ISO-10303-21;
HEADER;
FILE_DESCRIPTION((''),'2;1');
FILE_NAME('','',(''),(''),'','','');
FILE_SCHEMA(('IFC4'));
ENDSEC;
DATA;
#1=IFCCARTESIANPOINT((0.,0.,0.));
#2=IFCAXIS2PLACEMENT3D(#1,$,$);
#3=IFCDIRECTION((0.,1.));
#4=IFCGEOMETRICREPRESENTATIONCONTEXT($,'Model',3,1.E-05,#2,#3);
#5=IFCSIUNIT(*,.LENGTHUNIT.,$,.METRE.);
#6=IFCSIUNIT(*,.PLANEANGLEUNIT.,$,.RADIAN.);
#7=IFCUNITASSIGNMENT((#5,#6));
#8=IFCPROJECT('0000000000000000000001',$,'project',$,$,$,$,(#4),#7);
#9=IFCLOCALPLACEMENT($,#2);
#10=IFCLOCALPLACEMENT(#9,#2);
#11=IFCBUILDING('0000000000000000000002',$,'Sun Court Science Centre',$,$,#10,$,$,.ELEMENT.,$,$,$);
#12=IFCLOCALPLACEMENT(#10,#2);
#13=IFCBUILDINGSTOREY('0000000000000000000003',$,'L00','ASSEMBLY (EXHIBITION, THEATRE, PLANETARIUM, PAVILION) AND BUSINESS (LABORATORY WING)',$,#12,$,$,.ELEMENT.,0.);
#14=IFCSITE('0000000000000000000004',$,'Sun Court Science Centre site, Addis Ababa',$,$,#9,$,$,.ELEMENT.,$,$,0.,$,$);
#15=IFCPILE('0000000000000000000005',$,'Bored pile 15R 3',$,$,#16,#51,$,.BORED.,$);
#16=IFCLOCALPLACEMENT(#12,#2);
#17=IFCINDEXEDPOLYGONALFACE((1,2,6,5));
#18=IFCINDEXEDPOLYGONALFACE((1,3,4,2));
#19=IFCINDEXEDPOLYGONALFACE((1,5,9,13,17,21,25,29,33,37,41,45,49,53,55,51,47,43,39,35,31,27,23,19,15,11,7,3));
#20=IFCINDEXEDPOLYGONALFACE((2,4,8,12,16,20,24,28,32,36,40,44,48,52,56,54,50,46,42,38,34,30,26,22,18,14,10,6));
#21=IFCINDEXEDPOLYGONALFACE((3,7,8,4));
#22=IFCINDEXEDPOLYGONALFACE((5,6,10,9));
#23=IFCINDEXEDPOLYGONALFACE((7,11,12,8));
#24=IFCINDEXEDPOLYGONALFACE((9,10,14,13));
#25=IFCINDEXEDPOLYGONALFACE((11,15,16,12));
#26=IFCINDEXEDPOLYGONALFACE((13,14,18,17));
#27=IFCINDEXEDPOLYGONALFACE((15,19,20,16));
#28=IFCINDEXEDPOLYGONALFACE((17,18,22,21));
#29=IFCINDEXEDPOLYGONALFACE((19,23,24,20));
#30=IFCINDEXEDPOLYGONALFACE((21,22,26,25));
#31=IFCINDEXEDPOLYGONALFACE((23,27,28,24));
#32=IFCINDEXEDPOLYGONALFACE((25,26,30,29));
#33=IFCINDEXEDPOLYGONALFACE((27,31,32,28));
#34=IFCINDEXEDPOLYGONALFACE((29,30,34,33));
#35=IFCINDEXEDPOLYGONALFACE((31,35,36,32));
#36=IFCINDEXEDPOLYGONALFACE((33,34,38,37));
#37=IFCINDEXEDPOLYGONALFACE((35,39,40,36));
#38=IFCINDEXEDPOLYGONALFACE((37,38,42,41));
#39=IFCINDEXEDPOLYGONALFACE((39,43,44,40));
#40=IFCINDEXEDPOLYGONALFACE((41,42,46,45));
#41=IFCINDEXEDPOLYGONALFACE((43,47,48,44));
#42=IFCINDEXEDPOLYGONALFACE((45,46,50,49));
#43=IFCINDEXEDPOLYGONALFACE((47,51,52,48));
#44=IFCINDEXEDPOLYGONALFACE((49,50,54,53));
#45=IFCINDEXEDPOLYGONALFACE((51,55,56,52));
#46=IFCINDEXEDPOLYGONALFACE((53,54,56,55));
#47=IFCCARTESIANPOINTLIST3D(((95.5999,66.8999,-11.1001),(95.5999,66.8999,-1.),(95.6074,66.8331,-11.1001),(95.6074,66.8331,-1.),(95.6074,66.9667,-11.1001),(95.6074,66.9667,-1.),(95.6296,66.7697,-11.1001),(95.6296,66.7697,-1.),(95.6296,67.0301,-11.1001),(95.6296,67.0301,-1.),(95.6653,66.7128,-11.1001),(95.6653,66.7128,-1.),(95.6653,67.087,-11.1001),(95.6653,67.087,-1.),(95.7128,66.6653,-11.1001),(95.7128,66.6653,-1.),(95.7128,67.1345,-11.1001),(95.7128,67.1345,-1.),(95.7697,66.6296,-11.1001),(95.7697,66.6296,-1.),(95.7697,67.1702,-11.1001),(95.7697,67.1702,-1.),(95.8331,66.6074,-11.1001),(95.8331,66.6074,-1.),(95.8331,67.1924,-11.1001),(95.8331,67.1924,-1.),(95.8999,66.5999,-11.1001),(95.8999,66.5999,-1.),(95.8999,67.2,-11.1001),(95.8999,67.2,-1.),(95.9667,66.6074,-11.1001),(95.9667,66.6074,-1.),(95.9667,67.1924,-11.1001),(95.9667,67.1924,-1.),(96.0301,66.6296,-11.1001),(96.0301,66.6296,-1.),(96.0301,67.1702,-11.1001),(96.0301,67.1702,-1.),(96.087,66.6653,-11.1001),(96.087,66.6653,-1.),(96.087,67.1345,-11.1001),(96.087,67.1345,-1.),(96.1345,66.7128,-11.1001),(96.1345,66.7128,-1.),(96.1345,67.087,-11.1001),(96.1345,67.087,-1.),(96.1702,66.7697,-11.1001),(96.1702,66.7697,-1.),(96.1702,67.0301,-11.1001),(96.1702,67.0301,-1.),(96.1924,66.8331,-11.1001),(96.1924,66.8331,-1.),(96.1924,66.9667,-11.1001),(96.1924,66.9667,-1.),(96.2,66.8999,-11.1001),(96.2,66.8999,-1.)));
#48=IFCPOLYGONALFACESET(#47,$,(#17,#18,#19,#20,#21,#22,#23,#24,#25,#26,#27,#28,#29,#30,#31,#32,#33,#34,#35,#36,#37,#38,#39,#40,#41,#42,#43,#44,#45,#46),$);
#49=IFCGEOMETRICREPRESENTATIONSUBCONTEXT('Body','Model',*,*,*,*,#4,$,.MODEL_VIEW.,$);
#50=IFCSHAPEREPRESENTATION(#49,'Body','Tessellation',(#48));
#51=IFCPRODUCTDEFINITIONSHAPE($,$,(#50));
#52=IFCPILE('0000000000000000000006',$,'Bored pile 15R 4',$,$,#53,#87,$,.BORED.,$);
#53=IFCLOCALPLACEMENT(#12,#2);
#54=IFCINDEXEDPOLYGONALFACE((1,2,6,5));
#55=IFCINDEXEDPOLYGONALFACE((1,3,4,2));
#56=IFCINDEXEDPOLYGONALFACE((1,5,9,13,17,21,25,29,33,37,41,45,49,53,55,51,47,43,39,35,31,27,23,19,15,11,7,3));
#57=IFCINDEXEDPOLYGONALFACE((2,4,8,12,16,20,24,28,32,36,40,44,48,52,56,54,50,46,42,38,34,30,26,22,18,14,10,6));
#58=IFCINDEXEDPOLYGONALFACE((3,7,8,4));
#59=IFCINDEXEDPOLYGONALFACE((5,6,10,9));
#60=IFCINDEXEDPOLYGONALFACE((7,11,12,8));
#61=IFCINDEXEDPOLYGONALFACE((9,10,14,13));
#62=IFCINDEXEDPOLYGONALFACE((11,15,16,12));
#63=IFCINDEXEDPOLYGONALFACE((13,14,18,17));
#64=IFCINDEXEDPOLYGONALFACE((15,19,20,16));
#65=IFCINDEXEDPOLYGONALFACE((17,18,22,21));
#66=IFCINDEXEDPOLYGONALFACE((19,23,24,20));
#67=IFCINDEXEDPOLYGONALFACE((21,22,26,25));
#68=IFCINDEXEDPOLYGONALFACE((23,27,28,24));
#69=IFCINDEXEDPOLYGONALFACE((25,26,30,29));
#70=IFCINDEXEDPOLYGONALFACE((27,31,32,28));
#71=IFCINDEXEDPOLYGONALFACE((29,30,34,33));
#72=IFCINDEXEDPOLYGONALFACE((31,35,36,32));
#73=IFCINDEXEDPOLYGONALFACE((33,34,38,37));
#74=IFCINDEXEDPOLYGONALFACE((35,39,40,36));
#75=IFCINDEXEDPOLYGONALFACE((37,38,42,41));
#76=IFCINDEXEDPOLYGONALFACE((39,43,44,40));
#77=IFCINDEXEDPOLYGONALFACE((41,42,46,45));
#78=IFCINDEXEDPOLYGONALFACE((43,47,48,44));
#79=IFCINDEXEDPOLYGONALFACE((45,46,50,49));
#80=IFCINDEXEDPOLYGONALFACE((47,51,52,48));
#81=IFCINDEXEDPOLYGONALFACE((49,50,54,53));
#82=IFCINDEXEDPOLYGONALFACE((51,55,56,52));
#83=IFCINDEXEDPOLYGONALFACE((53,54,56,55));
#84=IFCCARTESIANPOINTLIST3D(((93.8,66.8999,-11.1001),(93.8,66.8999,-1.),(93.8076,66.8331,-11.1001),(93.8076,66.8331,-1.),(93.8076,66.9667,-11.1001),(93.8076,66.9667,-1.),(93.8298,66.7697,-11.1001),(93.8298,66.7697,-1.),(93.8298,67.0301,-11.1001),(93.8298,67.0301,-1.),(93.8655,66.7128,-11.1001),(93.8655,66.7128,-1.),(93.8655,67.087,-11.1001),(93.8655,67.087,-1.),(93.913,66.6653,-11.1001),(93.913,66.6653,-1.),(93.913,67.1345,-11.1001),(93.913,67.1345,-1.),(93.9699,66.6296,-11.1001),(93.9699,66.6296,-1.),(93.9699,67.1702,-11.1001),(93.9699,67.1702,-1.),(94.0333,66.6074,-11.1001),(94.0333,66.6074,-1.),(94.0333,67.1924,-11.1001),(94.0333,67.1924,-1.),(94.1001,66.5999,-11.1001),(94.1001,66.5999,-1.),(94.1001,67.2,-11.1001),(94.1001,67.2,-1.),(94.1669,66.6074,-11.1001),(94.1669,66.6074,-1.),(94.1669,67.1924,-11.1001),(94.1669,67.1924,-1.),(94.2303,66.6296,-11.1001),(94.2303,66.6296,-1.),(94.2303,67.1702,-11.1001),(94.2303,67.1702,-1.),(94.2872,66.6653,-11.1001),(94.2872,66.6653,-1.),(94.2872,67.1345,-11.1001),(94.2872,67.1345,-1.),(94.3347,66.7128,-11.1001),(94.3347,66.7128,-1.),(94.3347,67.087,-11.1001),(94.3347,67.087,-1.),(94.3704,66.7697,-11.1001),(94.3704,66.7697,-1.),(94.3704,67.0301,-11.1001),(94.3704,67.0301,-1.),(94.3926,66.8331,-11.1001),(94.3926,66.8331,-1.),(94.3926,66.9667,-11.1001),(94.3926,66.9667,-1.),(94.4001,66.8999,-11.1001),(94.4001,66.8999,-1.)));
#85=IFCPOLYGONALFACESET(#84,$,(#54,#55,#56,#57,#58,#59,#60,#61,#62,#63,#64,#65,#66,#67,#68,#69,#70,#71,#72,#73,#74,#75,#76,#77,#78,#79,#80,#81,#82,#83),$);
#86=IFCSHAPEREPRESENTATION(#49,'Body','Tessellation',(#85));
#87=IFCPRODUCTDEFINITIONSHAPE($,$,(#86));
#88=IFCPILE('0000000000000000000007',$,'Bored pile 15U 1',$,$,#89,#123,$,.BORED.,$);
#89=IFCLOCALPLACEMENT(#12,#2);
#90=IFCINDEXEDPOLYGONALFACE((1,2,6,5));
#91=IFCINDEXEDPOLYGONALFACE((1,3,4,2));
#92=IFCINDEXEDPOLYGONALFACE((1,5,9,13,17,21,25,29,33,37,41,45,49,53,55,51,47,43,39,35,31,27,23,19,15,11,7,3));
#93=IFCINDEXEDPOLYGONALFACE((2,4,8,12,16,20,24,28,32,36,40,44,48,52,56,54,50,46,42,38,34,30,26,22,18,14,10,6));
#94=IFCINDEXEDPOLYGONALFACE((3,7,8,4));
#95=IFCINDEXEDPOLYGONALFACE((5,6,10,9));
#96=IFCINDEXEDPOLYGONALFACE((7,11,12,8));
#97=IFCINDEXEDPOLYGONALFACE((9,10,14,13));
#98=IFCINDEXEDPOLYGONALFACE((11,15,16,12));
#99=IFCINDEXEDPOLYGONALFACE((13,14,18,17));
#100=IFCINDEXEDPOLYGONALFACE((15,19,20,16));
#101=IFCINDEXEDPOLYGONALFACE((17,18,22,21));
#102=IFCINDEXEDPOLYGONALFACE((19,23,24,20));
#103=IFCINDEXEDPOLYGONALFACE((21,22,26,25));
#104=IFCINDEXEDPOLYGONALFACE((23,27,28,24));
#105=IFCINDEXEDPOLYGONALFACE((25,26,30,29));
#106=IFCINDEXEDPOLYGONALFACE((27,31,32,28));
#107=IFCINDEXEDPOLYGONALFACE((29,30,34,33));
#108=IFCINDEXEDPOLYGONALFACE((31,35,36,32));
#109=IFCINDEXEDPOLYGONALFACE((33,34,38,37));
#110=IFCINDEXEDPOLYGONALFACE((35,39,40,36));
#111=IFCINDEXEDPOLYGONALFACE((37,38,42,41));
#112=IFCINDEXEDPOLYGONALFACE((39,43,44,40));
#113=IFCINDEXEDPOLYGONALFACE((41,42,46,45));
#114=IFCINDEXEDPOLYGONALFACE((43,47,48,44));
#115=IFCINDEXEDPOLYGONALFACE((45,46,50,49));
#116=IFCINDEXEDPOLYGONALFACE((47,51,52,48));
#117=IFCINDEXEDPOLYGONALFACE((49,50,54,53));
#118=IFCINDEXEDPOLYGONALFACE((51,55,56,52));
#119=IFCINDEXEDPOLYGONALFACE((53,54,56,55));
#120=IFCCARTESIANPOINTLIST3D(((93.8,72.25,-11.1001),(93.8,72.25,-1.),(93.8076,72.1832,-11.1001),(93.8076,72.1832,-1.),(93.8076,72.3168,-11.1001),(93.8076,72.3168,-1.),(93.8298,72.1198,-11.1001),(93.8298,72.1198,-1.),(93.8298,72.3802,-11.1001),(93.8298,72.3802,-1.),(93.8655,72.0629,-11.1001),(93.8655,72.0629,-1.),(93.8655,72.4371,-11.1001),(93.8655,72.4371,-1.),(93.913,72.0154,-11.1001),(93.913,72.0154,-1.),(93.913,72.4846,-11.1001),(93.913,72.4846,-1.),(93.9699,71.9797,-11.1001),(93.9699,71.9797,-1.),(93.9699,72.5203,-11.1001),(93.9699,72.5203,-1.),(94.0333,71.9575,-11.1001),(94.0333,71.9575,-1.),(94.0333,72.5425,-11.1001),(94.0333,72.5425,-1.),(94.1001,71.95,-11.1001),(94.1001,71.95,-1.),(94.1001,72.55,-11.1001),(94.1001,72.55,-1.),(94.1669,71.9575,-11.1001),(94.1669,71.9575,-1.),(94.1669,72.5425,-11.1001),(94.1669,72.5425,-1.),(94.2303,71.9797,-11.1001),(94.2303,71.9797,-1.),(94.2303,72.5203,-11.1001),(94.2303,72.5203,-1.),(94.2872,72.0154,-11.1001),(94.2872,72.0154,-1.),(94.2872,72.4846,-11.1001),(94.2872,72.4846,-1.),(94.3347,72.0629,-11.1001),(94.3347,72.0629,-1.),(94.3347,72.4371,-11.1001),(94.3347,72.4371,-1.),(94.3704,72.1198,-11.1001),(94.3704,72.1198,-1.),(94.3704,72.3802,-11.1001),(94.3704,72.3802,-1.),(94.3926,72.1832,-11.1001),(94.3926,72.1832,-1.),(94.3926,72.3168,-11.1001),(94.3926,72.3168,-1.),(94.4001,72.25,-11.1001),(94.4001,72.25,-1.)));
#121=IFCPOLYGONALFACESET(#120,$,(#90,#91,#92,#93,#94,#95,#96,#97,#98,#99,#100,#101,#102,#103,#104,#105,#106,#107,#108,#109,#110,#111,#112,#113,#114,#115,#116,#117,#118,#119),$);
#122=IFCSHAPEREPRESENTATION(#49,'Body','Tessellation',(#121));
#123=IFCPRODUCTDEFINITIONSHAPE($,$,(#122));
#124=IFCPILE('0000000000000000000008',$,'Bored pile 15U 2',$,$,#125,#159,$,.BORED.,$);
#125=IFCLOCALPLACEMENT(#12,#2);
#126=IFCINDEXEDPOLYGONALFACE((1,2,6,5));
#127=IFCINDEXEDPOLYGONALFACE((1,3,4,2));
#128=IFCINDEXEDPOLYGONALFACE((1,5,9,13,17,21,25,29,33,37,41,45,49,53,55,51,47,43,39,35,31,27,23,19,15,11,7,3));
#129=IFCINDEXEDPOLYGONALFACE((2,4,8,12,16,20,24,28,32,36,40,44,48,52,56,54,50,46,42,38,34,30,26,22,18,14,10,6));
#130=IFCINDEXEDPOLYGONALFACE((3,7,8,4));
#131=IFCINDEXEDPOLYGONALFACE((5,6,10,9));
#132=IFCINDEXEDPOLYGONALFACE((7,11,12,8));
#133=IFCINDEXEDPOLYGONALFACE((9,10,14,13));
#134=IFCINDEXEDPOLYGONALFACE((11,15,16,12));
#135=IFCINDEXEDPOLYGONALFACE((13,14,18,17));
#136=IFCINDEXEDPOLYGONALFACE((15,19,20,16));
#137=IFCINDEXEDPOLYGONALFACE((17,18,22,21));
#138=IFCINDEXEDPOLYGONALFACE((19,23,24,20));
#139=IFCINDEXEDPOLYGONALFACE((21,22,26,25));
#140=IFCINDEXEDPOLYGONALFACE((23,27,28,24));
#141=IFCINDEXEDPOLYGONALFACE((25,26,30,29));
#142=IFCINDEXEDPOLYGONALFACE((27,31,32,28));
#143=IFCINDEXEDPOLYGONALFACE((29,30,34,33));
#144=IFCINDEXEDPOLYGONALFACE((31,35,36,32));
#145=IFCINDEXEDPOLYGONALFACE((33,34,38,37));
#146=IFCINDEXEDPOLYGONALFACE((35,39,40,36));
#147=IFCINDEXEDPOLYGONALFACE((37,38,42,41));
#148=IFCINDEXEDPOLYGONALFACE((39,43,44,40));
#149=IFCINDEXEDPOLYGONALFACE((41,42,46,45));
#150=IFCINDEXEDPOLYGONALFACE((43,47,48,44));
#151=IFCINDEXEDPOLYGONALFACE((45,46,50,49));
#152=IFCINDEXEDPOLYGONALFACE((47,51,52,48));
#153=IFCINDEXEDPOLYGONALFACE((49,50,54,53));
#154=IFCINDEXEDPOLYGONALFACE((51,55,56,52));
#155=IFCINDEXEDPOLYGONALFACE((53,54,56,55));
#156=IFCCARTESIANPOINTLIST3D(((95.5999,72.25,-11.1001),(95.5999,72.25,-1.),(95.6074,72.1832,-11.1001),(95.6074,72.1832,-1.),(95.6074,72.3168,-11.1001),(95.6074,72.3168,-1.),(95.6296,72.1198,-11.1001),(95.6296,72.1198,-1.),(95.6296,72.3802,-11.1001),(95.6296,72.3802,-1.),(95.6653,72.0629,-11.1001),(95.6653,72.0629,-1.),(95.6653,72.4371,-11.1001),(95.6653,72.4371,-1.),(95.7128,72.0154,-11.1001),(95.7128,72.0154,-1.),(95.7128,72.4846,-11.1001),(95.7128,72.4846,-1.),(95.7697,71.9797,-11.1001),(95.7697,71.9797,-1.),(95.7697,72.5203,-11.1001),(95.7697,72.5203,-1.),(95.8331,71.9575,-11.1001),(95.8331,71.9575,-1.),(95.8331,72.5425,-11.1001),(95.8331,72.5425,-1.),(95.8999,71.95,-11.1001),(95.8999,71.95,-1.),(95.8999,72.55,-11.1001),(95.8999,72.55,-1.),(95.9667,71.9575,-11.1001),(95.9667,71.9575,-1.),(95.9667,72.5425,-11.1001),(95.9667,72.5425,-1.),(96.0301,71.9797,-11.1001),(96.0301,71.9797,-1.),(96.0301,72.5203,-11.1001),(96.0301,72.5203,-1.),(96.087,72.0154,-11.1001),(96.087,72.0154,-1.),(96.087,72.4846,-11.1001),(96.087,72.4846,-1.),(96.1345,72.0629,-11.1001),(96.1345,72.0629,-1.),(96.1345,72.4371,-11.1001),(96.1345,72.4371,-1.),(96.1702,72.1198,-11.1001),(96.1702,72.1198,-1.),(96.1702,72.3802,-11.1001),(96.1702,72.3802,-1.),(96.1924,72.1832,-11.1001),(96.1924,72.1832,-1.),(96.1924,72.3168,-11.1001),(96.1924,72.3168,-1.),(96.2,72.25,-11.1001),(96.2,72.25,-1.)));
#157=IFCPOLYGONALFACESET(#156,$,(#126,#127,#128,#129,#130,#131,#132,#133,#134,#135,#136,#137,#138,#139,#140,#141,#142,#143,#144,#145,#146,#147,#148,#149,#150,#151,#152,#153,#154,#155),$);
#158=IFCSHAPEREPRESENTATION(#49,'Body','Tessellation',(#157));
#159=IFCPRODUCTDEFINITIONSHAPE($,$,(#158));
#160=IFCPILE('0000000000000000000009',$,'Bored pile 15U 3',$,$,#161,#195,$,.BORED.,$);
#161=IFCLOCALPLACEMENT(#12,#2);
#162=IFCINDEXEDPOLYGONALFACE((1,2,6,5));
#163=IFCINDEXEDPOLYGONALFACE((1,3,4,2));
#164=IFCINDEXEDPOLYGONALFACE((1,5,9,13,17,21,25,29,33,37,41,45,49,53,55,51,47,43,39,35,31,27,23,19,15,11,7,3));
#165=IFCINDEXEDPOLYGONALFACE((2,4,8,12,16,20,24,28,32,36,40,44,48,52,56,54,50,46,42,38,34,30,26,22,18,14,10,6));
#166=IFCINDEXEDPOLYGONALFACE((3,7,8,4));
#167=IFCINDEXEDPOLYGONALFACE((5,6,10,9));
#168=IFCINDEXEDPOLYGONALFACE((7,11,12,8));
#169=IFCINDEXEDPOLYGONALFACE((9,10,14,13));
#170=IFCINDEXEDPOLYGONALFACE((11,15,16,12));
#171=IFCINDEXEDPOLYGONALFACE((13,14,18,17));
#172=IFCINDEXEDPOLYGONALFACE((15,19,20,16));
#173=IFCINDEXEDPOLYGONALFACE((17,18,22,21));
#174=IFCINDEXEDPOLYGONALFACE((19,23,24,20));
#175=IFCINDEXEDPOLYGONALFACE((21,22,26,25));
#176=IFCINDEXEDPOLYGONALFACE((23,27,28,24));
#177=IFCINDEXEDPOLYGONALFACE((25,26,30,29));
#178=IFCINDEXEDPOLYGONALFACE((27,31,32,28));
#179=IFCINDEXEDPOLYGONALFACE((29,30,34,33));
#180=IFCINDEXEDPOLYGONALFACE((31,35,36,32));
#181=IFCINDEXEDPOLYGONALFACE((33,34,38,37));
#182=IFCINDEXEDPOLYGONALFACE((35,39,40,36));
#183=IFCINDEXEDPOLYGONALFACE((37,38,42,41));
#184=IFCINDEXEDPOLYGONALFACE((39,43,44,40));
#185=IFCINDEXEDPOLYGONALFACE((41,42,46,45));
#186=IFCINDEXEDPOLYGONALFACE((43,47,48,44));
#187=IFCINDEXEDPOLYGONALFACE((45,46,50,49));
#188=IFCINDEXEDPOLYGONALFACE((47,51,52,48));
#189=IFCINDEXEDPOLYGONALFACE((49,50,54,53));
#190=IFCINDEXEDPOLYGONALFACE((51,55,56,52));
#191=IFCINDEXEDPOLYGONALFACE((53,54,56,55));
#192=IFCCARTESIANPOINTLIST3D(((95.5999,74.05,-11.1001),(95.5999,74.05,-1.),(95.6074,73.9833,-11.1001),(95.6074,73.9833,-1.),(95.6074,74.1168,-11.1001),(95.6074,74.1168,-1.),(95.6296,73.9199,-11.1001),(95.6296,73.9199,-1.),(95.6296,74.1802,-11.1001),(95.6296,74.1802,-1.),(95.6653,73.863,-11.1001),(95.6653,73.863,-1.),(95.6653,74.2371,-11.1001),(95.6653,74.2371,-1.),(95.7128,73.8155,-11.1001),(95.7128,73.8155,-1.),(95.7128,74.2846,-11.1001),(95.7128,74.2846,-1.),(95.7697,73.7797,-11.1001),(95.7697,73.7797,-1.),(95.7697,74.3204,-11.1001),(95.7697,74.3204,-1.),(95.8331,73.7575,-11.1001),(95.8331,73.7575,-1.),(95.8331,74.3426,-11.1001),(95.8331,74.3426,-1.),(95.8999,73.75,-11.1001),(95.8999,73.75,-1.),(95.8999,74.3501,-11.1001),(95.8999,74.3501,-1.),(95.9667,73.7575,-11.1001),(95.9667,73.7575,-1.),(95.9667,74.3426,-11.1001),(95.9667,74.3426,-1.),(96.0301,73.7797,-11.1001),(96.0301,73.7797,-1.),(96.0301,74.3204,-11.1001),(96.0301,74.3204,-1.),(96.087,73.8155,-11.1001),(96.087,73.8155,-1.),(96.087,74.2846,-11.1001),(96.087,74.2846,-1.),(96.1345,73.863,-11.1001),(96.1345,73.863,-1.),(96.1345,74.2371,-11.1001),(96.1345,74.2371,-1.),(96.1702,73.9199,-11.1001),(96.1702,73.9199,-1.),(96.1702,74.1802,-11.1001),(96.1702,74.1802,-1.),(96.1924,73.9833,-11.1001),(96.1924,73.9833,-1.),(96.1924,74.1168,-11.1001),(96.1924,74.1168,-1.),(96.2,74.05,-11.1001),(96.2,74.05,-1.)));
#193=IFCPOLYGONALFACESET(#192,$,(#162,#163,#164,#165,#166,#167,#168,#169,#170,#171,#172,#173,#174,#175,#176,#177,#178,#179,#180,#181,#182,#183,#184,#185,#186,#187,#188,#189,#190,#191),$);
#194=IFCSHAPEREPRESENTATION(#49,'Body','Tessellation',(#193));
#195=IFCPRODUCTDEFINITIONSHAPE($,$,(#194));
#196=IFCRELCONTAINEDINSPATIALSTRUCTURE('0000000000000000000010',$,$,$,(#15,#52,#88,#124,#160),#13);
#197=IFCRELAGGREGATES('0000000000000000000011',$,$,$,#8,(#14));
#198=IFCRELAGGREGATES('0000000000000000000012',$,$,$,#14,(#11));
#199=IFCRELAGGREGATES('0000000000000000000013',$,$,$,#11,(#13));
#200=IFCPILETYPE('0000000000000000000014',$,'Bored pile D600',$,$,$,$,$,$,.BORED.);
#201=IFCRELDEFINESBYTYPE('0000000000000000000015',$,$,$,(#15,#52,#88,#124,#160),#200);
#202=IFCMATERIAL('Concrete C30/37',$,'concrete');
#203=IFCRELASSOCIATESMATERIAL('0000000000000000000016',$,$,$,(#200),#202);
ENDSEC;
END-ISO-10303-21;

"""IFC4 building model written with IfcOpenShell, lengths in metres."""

from ifc_helpers import new_model, si_unit, direction, frame, origin, origin_2d, place, context, subcontext, project, spatial, circle, extrude, material, material_profile, profile_set, type_object, element, save


model = new_model("IFC4")

# Units and contexts
model_context = context("Model", 3, precision=1e-05, world=origin(), true_north=direction((0.0, 1.0)))
body_context = subcontext(model_context, "Body", "Model", "MODEL_VIEW")
ifc_project = project(units=[si_unit("LENGTHUNIT", "METRE"), si_unit("PLANEANGLEUNIT", "RADIAN")], contexts=[model_context])

# Site, building, storey
site_placement = place(None, origin())
site = spatial("IfcSite", under=ifc_project, at=site_placement, Name="Sun Court Science Centre site, Addis Ababa", CompositionType="ELEMENT", RefElevation=0.0)
building_placement = place(site_placement, origin())
building = spatial("IfcBuilding", under=site, at=building_placement, Name="Sun Court Science Centre", CompositionType="ELEMENT")
storey_placement = place(building_placement, origin())
storey = spatial("IfcBuildingStorey", under=building, at=storey_placement, Name="L00", Description="ASSEMBLY (EXHIBITION, THEATRE, PLANETARIUM, PAVILION) AND BUSINESS (LABORATORY WING)", CompositionType="ELEMENT", Elevation=0.0)

# Piles
ifc_material_1 = material(Name="Concrete C30/37", Category="concrete")
ifc_material_profile_1 = material_profile(ifc_material_1, circle(Radius=0.3, at=origin_2d()), Name="RC D600")
ifc_profile_set_1 = profile_set([ifc_material_profile_1], Name="Concrete C30/37")
pile_type = type_object("IfcPileType", Name="Bored pile D600", PredefinedType="BORED", material=ifc_profile_set_1)
for number, where, z_axis, x_axis, name in (
    (1, (95.8999, 66.8999, -1.0), (0.0, 0.0, -1.0), (1.0, 0.0, 0.0), "Bored pile 15R 3"),
    (2, (94.1001, 66.8999, -1.0), (0.0, 0.0, -1.0), (1.0, 0.0, 0.0), "Bored pile 15R 4"),
    (3, (94.1001, 72.25, -1.0), (0.0, 0.0, -1.0), (1.0, 0.0, 0.0), "Bored pile 15U 1"),
    (4, (95.8999, 72.25, -1.0), (0.0, 0.0, -1.0), (1.0, 0.0, 0.0), "Bored pile 15U 2"),
    (5, (95.8999, 74.05, -1.0), (0.0, 0.0, -1.0), (1.0, 0.0, 0.0), "Bored pile 15U 3"),
):
    element("IfcPile", number, at=place(storey_placement, frame(where, z_axis=z_axis, x_axis=x_axis)), inside=storey, type_object=pile_type, Name=name, PredefinedType="BORED", context=body_context, shape_type="SweptSolid", body=[
        extrude(circle(Radius=0.3, at=origin_2d()), origin(), (0.0, 0.0, 1.0), 10.1001),
    ])

save(model, "model.ifc")
